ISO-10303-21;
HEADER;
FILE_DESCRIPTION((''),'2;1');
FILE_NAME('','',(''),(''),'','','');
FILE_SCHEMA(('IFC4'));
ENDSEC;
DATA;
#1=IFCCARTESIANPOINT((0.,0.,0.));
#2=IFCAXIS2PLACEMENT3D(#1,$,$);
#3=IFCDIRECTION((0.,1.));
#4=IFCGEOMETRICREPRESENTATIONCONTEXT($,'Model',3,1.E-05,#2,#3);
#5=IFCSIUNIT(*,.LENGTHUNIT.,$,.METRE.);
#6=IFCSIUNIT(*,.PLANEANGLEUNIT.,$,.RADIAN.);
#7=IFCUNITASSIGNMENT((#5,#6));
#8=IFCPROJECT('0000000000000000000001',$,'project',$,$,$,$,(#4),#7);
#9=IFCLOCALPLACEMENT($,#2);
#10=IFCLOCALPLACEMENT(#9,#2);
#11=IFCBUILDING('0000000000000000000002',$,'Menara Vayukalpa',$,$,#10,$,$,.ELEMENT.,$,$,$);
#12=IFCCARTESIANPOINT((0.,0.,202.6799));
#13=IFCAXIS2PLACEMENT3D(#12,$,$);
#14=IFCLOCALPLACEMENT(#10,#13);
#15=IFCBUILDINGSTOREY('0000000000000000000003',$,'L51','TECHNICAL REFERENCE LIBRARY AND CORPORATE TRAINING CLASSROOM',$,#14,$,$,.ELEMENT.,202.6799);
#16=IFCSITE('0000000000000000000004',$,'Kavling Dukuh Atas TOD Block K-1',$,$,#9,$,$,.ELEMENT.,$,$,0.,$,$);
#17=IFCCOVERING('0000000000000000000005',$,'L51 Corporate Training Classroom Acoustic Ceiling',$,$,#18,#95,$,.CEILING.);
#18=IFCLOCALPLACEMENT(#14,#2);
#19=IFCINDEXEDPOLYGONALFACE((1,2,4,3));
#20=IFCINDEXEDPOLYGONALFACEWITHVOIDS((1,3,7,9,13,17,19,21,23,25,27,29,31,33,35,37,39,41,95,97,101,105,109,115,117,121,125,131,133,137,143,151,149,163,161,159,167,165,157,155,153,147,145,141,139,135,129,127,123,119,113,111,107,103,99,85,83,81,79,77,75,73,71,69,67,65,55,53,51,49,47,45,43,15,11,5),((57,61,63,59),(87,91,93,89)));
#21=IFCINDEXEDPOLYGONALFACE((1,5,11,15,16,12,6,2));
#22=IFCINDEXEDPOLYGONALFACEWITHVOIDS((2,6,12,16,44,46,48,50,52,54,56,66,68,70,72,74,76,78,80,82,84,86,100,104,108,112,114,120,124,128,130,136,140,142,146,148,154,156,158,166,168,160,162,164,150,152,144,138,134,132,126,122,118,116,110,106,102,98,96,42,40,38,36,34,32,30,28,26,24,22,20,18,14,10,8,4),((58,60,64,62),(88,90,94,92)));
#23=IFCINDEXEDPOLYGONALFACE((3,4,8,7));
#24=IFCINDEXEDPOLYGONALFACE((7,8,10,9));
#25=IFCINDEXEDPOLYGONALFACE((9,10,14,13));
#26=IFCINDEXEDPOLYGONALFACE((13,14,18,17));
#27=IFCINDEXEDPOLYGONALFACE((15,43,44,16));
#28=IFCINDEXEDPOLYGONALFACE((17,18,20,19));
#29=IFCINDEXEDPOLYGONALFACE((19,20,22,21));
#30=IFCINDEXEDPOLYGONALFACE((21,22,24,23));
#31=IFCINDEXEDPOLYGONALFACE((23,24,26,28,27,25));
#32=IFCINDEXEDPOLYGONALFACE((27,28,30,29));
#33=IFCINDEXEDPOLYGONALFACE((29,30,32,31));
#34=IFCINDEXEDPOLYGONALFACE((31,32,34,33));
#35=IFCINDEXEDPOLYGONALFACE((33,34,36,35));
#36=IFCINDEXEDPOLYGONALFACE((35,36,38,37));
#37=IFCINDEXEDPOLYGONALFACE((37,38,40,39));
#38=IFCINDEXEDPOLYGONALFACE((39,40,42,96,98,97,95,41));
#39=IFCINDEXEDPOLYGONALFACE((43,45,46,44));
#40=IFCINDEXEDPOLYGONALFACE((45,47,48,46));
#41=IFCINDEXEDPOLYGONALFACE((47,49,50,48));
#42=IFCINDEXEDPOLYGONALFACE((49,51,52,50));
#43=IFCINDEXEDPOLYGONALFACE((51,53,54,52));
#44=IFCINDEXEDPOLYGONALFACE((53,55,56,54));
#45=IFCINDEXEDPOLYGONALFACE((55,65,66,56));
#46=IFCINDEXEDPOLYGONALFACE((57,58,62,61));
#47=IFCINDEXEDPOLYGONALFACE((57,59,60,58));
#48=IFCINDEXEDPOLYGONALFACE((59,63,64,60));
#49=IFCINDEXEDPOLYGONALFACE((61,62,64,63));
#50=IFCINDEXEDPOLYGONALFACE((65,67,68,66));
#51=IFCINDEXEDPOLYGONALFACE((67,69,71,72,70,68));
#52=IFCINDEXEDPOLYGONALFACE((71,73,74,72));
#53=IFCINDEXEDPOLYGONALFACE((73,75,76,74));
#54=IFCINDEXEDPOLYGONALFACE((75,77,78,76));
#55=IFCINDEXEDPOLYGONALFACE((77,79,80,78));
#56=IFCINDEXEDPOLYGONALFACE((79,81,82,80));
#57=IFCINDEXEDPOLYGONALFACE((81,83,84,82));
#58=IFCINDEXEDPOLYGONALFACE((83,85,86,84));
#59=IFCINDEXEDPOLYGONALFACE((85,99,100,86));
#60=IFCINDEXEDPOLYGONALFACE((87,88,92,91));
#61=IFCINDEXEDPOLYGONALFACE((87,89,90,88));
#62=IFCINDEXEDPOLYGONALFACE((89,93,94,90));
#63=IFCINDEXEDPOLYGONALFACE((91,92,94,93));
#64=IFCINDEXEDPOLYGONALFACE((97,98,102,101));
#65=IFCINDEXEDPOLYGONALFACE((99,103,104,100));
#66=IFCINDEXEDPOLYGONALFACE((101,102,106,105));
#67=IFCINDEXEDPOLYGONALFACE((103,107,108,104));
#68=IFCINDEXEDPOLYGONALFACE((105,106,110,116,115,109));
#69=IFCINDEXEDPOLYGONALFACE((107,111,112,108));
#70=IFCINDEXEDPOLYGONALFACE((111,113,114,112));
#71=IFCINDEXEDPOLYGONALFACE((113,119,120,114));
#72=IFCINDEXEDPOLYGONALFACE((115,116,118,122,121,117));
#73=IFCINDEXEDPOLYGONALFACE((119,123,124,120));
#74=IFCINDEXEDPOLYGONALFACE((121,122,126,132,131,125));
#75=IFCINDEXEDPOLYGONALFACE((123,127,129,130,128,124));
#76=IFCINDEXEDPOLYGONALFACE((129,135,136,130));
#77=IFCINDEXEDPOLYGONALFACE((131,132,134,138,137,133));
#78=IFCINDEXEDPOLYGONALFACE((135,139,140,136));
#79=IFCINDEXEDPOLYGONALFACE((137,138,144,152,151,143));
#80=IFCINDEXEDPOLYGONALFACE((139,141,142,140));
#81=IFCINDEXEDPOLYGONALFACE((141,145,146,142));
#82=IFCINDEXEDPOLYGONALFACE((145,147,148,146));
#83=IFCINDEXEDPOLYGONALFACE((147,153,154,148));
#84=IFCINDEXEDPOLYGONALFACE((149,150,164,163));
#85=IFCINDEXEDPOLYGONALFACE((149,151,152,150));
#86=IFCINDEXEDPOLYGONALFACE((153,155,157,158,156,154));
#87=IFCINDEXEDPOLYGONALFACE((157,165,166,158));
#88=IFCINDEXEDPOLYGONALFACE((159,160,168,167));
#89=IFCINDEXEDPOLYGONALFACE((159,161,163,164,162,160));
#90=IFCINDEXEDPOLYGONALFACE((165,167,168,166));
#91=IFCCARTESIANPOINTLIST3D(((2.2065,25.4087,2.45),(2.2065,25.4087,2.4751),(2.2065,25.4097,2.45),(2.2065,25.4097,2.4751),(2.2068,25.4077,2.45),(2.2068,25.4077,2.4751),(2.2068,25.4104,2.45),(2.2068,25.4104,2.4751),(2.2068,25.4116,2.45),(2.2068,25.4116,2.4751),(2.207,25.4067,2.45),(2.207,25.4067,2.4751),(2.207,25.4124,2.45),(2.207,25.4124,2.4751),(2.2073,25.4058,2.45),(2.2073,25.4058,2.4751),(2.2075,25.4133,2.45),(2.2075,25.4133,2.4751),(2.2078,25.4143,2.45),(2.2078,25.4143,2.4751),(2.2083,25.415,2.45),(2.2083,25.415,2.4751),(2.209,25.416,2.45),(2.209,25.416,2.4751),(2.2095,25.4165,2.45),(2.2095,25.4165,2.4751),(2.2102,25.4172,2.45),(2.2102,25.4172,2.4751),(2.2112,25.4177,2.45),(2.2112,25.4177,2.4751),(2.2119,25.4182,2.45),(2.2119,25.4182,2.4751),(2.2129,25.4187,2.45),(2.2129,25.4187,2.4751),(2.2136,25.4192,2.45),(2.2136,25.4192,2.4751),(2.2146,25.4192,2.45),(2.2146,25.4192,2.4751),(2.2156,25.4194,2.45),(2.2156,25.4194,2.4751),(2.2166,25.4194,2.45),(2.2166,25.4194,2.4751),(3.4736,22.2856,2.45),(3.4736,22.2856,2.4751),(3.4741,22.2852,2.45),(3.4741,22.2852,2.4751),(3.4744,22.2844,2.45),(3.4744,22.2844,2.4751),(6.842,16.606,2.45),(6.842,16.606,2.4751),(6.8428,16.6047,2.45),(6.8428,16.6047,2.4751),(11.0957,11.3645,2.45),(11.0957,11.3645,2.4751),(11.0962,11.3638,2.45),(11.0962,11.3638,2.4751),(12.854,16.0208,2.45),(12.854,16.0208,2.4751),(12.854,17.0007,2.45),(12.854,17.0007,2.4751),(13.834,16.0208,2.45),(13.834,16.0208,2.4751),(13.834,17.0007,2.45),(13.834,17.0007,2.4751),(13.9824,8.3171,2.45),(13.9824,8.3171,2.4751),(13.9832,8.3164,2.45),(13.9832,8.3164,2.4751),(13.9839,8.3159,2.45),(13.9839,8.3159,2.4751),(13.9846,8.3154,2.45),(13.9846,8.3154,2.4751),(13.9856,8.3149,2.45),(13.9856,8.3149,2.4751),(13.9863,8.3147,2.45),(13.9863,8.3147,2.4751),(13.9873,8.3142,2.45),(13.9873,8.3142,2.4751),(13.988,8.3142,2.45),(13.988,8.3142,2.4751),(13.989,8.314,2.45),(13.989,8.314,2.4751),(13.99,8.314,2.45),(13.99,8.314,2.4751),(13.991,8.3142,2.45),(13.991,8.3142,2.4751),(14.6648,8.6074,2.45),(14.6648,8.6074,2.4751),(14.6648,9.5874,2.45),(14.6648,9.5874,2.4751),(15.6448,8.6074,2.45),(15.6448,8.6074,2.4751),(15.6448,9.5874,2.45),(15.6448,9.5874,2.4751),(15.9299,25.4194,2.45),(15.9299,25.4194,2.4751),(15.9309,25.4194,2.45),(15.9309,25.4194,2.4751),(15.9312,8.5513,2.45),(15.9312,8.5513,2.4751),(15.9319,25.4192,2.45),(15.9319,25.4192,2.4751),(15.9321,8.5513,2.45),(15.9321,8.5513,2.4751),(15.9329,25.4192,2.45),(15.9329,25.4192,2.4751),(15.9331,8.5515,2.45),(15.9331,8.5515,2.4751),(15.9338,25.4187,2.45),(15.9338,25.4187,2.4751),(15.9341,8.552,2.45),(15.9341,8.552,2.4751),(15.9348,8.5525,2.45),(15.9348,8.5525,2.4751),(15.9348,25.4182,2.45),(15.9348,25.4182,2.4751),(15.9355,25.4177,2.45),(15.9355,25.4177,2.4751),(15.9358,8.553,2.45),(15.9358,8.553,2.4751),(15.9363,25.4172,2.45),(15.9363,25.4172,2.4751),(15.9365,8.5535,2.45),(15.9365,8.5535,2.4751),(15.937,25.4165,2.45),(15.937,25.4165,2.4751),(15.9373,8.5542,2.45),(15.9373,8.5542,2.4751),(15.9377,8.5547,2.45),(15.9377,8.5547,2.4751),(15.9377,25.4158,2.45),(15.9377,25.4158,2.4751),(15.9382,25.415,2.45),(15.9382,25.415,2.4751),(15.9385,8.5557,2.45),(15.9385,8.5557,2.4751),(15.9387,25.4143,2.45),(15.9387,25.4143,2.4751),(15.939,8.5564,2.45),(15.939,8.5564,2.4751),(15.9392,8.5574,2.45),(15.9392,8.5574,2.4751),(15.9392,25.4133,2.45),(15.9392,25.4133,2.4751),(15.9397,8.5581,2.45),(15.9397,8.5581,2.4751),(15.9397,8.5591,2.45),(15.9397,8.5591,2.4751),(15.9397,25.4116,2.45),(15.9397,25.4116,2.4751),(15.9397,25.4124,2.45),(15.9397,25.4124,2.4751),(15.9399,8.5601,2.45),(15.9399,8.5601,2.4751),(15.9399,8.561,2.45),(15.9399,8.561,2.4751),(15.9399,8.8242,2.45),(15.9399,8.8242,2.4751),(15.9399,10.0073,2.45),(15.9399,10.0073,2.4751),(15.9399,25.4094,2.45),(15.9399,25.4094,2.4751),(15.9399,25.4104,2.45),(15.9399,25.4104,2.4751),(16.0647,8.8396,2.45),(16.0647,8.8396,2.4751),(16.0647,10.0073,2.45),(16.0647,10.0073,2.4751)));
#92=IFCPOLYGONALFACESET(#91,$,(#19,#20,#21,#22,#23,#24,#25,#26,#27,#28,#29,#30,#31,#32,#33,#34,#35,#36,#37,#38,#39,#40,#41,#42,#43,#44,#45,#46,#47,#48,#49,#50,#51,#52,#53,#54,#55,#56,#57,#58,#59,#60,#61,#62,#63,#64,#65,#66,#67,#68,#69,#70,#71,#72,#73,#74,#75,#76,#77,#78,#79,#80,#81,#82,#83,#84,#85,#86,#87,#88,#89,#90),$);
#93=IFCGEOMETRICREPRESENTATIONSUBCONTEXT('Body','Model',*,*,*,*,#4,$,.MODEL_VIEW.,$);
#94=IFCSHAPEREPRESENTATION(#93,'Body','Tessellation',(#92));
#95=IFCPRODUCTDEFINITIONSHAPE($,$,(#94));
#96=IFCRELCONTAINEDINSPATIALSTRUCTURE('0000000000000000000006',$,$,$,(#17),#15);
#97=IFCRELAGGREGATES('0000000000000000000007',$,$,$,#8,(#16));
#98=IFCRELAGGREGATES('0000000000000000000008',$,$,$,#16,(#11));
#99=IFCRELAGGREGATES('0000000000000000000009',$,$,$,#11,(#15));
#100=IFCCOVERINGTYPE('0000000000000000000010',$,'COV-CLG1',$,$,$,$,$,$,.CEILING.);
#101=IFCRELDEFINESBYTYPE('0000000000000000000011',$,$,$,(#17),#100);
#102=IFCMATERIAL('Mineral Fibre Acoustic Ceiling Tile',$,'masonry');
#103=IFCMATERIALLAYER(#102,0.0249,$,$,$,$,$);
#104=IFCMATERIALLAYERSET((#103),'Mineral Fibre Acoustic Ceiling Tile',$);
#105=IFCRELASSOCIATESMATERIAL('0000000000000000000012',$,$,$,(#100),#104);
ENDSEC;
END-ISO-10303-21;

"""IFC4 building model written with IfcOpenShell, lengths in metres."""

from ifc_helpers import new_model, si_unit, direction, frame, origin, place, context, subcontext, project, spatial, polyline, outline, extrude, material, layer, layer_set, type_object, element, save


model = new_model("IFC4")

# Units and contexts
model_context = context("Model", 3, precision=1e-05, world=origin(), true_north=direction((0.0, 1.0)))
body_context = subcontext(model_context, "Body", "Model", "MODEL_VIEW")
ifc_project = project(units=[si_unit("LENGTHUNIT", "METRE"), si_unit("PLANEANGLEUNIT", "RADIAN")], contexts=[model_context])

# Site, building, storey
site_placement = place(None, origin())
site = spatial("IfcSite", under=ifc_project, at=site_placement, Name="Kavling Dukuh Atas TOD Block K-1", CompositionType="ELEMENT", RefElevation=0.0)
building_placement = place(site_placement, origin())
building = spatial("IfcBuilding", under=site, at=building_placement, Name="Menara Vayukalpa", CompositionType="ELEMENT")
storey_placement = place(building_placement, frame((0.0, 0.0, 202.6799)))
storey = spatial("IfcBuildingStorey", under=building, at=storey_placement, Name="L51", Description="TECHNICAL REFERENCE LIBRARY AND CORPORATE TRAINING CLASSROOM", CompositionType="ELEMENT", Elevation=202.6799)

# Covering
ifc_material_1 = material(Name="Mineral Fibre Acoustic Ceiling Tile", Category="masonry")
ifc_layer_1 = layer(ifc_material_1, 0.0249)
ifc_layer_set_1 = layer_set([ifc_layer_1], Name="Mineral Fibre Acoustic Ceiling Tile")
covering_type_1 = type_object("IfcCoveringType", Name="COV-CLG1", PredefinedType="CEILING", material=ifc_layer_set_1)
covering_1_placement = place(storey_placement, frame((0.0, 0.0, 2.45)))
element("IfcCovering", 1, at=covering_1_placement, inside=storey, type_object=covering_type_1, Name="L51 Corporate Training Classroom Acoustic Ceiling", PredefinedType="CEILING", context=body_context, shape_type="SweptSolid", body=[
    extrude(outline(polyline([(16.0647, 8.8396), (15.9399, 8.8242), (15.9399, 8.561), (15.9399, 8.5601), (15.9397, 8.5591), (15.9397, 8.5581), (15.9392, 8.5574), (15.939, 8.5564), (15.9385, 8.5557), (15.9377, 8.5547), (15.9373, 8.5542), (15.9365, 8.5535), (15.9358, 8.553), (15.9348, 8.5525), (15.9341, 8.552), (15.9331, 8.5515), (15.9321, 8.5513), (15.9312, 8.5513), (13.991, 8.3142), (13.99, 8.314), (13.989, 8.314), (13.988, 8.3142), (13.9873, 8.3142), (13.9863, 8.3147), (13.9856, 8.3149), (13.9846, 8.3154), (13.9839, 8.3159), (13.9832, 8.3164), (13.9824, 8.3171), (11.0962, 11.3638), (11.0957, 11.3645), (6.8428, 16.6047), (6.842, 16.606), (3.4744, 22.2844), (3.4741, 22.2852), (3.4736, 22.2856), (2.2073, 25.4058), (2.207, 25.4067), (2.2068, 25.4077), (2.2065, 25.4087), (2.2065, 25.4097), (2.2068, 25.4104), (2.2068, 25.4116), (2.207, 25.4124), (2.2075, 25.4133), (2.2078, 25.4143), (2.2083, 25.415), (2.209, 25.416), (2.2095, 25.4165), (2.2102, 25.4172), (2.2112, 25.4177), (2.2119, 25.4182), (2.2129, 25.4187), (2.2136, 25.4192), (2.2146, 25.4192), (2.2156, 25.4194), (2.2166, 25.4194), (15.9299, 25.4194), (15.9309, 25.4194), (15.9319, 25.4192), (15.9329, 25.4192), (15.9338, 25.4187), (15.9348, 25.4182), (15.9355, 25.4177), (15.9363, 25.4172), (15.937, 25.4165), (15.9377, 25.4158), (15.9382, 25.415), (15.9387, 25.4143), (15.9392, 25.4133), (15.9397, 25.4124), (15.9397, 25.4116), (15.9399, 25.4104), (15.9399, 25.4094), (15.9399, 10.0073), (16.0647, 10.0073), (16.0647, 8.8396)]), holes=[polyline([(15.6448, 9.5874), (14.6648, 9.5874), (14.6648, 8.6074), (15.6448, 8.6074), (15.6448, 9.5874)]), polyline([(13.834, 17.0007), (12.854, 17.0007), (12.854, 16.0208), (13.834, 16.0208), (13.834, 17.0007)])]), origin(), (0.0, 0.0, 1.0), 0.0251),
])

save(model, "model.ifc")
